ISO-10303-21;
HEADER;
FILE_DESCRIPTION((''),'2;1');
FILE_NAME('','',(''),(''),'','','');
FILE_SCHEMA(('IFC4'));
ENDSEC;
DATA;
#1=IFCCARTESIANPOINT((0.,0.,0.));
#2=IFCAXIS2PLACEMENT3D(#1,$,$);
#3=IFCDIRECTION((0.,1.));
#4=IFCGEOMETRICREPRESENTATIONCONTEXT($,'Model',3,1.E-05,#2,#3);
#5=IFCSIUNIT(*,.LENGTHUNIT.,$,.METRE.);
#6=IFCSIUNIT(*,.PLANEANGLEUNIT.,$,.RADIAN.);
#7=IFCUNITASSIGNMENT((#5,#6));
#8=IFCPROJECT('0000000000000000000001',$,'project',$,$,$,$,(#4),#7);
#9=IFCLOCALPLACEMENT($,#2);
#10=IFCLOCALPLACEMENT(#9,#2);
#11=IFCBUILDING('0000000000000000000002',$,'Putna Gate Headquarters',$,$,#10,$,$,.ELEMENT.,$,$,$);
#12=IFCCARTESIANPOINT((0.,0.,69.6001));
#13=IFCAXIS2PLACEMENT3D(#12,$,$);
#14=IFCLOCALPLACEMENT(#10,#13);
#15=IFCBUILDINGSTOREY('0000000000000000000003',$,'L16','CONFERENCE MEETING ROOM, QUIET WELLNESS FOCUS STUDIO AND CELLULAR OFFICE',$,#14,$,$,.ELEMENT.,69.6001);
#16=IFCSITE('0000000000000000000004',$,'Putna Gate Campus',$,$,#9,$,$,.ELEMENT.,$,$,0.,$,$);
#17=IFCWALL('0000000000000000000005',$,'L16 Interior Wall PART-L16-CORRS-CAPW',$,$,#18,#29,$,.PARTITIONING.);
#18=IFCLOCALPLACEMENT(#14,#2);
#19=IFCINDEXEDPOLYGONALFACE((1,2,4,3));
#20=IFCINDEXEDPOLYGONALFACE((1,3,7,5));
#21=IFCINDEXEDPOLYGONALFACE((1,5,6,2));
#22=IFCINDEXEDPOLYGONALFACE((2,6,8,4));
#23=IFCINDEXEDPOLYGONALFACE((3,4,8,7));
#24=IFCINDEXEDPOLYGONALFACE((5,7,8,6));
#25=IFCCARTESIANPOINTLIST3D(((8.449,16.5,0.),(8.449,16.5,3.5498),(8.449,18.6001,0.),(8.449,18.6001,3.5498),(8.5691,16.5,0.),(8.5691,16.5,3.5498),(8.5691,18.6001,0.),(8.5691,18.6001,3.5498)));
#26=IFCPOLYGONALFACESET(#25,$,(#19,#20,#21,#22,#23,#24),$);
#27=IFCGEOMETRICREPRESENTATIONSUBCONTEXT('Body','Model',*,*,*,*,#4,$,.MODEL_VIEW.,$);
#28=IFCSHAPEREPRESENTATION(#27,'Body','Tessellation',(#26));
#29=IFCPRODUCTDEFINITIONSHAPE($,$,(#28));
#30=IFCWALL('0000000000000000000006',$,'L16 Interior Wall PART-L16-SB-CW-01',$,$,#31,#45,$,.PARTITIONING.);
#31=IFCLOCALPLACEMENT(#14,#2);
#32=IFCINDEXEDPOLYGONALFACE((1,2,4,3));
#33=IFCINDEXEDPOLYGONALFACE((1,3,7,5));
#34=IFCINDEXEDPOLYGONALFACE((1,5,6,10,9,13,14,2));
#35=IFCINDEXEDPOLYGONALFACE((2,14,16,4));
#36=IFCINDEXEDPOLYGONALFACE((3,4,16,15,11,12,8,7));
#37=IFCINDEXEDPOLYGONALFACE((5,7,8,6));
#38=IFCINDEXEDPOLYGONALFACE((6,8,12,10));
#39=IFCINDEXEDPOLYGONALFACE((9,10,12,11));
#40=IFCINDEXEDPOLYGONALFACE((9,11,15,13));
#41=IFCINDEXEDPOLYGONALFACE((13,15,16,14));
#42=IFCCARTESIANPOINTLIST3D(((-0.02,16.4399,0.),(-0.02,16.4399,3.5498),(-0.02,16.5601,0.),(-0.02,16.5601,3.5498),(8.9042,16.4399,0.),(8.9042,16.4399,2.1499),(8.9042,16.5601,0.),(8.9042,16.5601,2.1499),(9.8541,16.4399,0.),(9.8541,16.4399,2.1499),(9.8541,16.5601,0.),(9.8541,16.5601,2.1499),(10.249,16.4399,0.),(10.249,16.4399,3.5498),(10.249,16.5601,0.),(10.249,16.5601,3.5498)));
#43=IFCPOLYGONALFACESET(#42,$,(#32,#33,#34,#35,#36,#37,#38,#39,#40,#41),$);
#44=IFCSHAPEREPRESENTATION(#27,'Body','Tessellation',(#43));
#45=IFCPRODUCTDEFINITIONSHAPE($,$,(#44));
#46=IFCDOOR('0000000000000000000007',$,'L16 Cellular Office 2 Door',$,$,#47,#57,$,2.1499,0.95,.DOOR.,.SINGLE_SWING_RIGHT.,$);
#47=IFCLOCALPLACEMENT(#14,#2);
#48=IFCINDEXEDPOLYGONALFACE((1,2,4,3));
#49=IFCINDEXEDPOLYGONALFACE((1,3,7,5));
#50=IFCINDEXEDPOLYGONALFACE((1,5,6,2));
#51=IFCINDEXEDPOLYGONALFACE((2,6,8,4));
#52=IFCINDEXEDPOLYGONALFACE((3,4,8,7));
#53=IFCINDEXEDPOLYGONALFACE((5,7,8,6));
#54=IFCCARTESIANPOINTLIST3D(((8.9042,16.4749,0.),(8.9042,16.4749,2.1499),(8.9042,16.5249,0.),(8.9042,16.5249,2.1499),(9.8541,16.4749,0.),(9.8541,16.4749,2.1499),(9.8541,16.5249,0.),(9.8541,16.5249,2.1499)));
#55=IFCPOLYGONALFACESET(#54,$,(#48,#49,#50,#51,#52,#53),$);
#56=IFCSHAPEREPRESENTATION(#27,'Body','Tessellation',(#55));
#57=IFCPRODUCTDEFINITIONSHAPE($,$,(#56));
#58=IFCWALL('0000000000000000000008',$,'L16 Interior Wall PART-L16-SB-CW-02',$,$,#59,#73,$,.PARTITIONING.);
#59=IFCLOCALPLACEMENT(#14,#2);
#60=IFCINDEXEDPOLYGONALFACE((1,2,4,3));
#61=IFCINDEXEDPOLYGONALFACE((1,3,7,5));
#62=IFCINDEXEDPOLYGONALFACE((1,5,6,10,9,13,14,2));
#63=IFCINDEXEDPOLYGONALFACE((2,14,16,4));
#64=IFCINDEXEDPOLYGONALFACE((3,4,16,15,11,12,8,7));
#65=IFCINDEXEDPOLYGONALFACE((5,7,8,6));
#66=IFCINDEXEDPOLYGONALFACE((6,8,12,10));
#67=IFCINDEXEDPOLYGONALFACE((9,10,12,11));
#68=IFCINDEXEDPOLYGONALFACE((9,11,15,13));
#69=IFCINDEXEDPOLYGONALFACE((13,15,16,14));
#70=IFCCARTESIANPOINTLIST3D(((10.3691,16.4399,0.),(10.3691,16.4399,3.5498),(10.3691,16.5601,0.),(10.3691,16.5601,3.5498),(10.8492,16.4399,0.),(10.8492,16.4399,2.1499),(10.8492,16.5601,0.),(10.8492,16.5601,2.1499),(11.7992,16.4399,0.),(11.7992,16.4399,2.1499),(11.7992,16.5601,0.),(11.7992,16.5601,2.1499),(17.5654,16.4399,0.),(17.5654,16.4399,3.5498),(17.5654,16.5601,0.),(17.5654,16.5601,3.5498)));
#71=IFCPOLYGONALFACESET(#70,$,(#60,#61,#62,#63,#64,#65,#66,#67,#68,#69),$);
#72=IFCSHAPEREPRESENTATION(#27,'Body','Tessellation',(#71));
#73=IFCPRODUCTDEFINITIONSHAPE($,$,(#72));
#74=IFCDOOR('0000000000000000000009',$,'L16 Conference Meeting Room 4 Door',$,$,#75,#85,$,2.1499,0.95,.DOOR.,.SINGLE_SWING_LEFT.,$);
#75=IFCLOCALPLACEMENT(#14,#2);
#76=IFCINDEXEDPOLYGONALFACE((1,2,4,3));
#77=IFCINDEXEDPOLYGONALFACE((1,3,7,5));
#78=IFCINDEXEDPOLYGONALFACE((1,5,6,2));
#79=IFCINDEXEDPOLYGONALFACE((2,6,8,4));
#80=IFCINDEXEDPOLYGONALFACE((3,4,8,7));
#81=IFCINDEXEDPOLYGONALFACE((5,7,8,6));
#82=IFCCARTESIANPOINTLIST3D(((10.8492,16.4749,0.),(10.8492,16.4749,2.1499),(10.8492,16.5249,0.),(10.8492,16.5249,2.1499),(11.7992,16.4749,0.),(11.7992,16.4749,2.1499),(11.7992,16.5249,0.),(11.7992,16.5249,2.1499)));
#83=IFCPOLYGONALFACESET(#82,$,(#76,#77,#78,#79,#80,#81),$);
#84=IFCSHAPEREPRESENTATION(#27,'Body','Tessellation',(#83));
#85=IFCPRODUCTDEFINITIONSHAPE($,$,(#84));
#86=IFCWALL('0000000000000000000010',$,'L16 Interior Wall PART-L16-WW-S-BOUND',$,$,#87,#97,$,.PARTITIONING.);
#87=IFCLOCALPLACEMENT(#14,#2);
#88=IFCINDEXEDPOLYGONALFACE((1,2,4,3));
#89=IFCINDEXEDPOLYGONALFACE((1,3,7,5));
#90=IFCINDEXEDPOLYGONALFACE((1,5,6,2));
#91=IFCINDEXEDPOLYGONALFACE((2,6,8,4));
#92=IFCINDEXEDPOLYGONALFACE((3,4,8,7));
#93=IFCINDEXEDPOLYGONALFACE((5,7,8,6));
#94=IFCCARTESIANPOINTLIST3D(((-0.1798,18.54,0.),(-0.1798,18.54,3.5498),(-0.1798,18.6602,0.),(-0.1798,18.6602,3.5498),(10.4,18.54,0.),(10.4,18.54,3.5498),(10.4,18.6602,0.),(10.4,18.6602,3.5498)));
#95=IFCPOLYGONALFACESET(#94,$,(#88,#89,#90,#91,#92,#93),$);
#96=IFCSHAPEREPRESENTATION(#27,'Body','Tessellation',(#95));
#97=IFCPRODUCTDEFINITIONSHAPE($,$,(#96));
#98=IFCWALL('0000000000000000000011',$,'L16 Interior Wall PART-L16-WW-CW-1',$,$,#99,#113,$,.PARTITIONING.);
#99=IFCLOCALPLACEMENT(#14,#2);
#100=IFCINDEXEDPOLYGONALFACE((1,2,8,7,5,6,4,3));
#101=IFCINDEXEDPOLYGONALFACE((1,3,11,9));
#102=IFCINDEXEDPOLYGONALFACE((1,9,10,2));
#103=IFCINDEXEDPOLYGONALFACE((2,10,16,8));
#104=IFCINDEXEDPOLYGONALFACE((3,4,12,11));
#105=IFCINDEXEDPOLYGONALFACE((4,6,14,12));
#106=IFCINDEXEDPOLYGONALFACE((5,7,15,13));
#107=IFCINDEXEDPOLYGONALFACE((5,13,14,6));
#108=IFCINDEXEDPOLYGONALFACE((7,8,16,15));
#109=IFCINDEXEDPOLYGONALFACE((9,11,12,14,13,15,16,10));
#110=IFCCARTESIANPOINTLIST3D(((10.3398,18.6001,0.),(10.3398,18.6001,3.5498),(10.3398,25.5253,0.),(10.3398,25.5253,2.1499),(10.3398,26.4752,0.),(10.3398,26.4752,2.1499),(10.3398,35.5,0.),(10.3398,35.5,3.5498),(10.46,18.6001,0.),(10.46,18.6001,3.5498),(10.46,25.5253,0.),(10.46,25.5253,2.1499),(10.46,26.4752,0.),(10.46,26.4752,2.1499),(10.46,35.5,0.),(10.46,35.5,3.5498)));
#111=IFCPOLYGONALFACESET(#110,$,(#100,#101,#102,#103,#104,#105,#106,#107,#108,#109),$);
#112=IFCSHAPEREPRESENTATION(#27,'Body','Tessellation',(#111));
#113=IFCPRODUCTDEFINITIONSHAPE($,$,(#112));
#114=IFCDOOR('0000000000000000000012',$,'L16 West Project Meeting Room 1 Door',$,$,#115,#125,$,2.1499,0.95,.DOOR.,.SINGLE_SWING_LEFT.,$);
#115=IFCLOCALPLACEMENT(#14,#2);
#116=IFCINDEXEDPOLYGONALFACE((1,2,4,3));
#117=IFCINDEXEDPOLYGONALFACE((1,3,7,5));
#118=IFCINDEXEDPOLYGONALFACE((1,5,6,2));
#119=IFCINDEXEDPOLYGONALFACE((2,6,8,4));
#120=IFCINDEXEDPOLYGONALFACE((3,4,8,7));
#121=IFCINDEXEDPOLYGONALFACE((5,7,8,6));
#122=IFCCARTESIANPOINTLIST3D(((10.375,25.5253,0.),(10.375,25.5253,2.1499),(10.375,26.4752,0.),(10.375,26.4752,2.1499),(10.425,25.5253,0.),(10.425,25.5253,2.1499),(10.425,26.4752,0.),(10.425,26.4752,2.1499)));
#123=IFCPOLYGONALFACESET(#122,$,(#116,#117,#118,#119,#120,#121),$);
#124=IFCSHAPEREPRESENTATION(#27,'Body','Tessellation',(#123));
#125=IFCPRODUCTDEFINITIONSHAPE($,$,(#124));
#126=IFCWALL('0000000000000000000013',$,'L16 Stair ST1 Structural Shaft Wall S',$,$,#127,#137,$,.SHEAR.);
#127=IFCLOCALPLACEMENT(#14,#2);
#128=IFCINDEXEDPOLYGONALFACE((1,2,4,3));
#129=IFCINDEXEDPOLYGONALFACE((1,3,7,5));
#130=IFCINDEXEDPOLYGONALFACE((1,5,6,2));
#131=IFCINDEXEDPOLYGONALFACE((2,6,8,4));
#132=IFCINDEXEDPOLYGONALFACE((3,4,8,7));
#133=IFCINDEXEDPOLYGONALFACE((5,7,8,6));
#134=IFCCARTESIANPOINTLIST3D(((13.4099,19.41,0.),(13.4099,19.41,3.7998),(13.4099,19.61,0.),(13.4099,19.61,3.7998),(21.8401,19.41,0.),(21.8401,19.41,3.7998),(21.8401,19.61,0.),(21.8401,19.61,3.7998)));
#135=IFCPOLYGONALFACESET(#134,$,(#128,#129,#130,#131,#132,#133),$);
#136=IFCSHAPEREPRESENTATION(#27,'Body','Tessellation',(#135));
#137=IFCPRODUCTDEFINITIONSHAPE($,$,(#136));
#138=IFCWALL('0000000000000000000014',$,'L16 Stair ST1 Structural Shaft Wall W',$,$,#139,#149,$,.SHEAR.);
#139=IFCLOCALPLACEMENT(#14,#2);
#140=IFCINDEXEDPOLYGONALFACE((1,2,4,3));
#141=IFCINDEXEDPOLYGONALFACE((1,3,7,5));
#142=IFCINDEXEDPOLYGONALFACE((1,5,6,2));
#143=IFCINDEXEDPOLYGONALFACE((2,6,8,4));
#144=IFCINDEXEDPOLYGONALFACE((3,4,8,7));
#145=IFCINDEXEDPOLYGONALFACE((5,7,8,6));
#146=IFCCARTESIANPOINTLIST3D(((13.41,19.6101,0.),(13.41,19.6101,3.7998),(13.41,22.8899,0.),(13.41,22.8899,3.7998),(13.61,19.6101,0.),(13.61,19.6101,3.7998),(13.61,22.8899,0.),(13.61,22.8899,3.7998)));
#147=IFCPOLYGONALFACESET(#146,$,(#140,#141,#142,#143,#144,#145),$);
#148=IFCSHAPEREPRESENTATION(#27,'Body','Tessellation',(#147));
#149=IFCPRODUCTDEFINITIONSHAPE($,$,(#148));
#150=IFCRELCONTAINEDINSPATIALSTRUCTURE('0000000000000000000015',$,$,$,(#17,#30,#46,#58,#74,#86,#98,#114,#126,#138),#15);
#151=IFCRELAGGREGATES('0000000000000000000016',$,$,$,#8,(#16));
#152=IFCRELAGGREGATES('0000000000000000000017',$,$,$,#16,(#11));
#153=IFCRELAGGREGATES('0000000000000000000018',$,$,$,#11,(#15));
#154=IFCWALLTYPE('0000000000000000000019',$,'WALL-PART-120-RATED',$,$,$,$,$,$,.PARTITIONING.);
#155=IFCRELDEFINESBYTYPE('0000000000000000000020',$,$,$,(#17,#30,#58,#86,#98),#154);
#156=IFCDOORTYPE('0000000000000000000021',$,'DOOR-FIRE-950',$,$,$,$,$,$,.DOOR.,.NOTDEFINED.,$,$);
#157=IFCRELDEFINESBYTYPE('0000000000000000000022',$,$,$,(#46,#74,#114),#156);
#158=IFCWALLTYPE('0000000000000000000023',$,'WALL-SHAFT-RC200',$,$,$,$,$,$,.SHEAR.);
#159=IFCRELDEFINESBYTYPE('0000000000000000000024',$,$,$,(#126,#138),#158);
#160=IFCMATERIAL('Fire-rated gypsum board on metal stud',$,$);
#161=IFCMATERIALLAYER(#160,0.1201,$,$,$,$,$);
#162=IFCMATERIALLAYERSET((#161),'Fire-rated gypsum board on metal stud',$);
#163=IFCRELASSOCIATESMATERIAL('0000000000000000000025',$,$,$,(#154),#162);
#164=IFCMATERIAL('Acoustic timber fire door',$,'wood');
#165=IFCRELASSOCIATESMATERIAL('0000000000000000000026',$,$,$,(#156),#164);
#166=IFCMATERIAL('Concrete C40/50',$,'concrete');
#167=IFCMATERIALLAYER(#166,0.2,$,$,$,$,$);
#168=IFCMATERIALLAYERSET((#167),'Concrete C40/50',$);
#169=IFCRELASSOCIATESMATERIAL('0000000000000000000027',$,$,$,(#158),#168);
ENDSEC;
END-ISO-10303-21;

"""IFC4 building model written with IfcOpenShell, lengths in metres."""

from ifc_helpers import new_model, si_unit, direction, frame, frame_2d, origin, place, context, subcontext, project, spatial, rectangle, extrude, material, layer, layer_set, type_object, element, fill, save


model = new_model("IFC4")

# Units and contexts
model_context = context("Model", 3, precision=1e-05, world=origin(), true_north=direction((0.0, 1.0)))
body_context = subcontext(model_context, "Body", "Model", "MODEL_VIEW")
ifc_project = project(units=[si_unit("LENGTHUNIT", "METRE"), si_unit("PLANEANGLEUNIT", "RADIAN")], contexts=[model_context])

# Site, building, storey
site_placement = place(None, origin())
site = spatial("IfcSite", under=ifc_project, at=site_placement, Name="Putna Gate Campus", CompositionType="ELEMENT", RefElevation=0.0)
building_placement = place(site_placement, origin())
building = spatial("IfcBuilding", under=site, at=building_placement, Name="Putna Gate Headquarters", CompositionType="ELEMENT")
storey_placement = place(building_placement, frame((0.0, 0.0, 69.6001)))
storey = spatial("IfcBuildingStorey", under=building, at=storey_placement, Name="L16", Description="CONFERENCE MEETING ROOM, QUIET WELLNESS FOCUS STUDIO AND CELLULAR OFFICE", CompositionType="ELEMENT", Elevation=69.6001)

# Wall
ifc_material_1 = material(Name="Fire-rated gypsum board on metal stud")
ifc_layer_1 = layer(ifc_material_1, 0.1201)
ifc_layer_set_1 = layer_set([ifc_layer_1], Name="Fire-rated gypsum board on metal stud")
wall_type_1 = type_object("IfcWallType", Name="WALL-PART-120-RATED", PredefinedType="PARTITIONING", material=ifc_layer_set_1)
wall_1_placement = place(storey_placement, frame((8.509, 16.5, 0.0), z_axis=(0.0, 0.0, 1.0), x_axis=(0.0, 1.0, 0.0)))
element("IfcWall", 1, at=wall_1_placement, inside=storey, type_object=wall_type_1, Name="L16 Interior Wall PART-L16-CORRS-CAPW", PredefinedType="PARTITIONING", context=body_context, shape_type="SweptSolid", body=[
    extrude(rectangle(XDim=2.1001, YDim=0.1201, at=frame_2d((1.05, 0.0))), origin(), (0.0, 0.0, 1.0), 3.5498),
])

# Walls, openings, doors
wall_2_placement = place(storey_placement, frame((-0.02, 16.5, 0.0), z_axis=(0.0, 0.0, 1.0), x_axis=(1.0, 0.0, 0.0)))
wall_2 = element("IfcWall", 2, at=wall_2_placement, inside=storey, type_object=wall_type_1, Name="L16 Interior Wall PART-L16-SB-CW-01", PredefinedType="PARTITIONING", context=body_context, shape_type="SweptSolid", body=[
    extrude(rectangle(XDim=10.269, YDim=0.1201, at=frame_2d((5.1345, 0.0))), origin(), (0.0, 0.0, 1.0), 3.5498),
])
opening_1_placement = place(wall_2_placement, frame((8.9241, 0.0, 0.0)))
opening_1 = element("IfcOpeningElement", 3, at=opening_1_placement, cuts=wall_2, PredefinedType="OPENING", context=body_context, shape_type="SweptSolid", body=[
    extrude(rectangle(XDim=0.95, YDim=2.1499, at=frame_2d((0.4751, 1.075))), frame((0.0, 0.0701, 0.0), z_axis=(0.0, -1.0, 0.0), x_axis=(1.0, 0.0, 0.0)), (0.0, 0.0, 1.0), 0.1401),
])
ifc_material_2 = material(Name="Acoustic timber fire door", Category="wood")
door_type_1 = type_object("IfcDoorType", Name="DOOR-FIRE-950", OperationType="NOTDEFINED", PredefinedType="DOOR", material=ifc_material_2)
door_1_placement = place(opening_1_placement, origin())
door_1 = element("IfcDoor", 4, at=door_1_placement, inside=storey, type_object=door_type_1, Name="L16 Cellular Office 2 Door", OperationType="SINGLE_SWING_RIGHT", OverallHeight=2.1499, OverallWidth=0.95, PredefinedType="DOOR", context=body_context, shape_type="SweptSolid", body=[
    extrude(rectangle(XDim=0.95, YDim=2.1499, at=frame_2d((0.4751, 1.075))), frame((0.0, 0.0249, 0.0), z_axis=(0.0, -1.0, 0.0), x_axis=(1.0, 0.0, 0.0)), (0.0, 0.0, 1.0), 0.05),
])
fill(opening_1, door_1)
wall_3_placement = place(storey_placement, frame((10.3691, 16.5, 0.0), z_axis=(0.0, 0.0, 1.0), x_axis=(1.0, 0.0, 0.0)))
wall_3 = element("IfcWall", 5, at=wall_3_placement, inside=storey, type_object=wall_type_1, Name="L16 Interior Wall PART-L16-SB-CW-02", PredefinedType="PARTITIONING", context=body_context, shape_type="SweptSolid", body=[
    extrude(rectangle(XDim=7.1963, YDim=0.1201, at=frame_2d((3.5981, 0.0))), origin(), (0.0, 0.0, 1.0), 3.5498),
])
opening_2_placement = place(wall_3_placement, frame((0.48, 0.0, 0.0)))
opening_2 = element("IfcOpeningElement", 6, at=opening_2_placement, cuts=wall_3, PredefinedType="OPENING", context=body_context, shape_type="SweptSolid", body=[
    extrude(rectangle(XDim=0.95, YDim=2.1499, at=frame_2d((0.4751, 1.075))), frame((0.0, 0.0701, 0.0), z_axis=(0.0, -1.0, 0.0), x_axis=(1.0, 0.0, 0.0)), (0.0, 0.0, 1.0), 0.1401),
])
door_2_placement = place(opening_2_placement, origin())
door_2 = element("IfcDoor", 7, at=door_2_placement, inside=storey, type_object=door_type_1, Name="L16 Conference Meeting Room 4 Door", OperationType="SINGLE_SWING_LEFT", OverallHeight=2.1499, OverallWidth=0.95, PredefinedType="DOOR", context=body_context, shape_type="SweptSolid", body=[
    extrude(rectangle(XDim=0.95, YDim=2.1499, at=frame_2d((0.4751, 1.075))), frame((0.0, 0.0249, 0.0), z_axis=(0.0, -1.0, 0.0), x_axis=(1.0, 0.0, 0.0)), (0.0, 0.0, 1.0), 0.05),
])
fill(opening_2, door_2)

# Wall
wall_4_placement = place(storey_placement, frame((-0.1799, 18.6001, 0.0), z_axis=(0.0, 0.0, 1.0), x_axis=(1.0, 0.0, 0.0)))
element("IfcWall", 8, at=wall_4_placement, inside=storey, type_object=wall_type_1, Name="L16 Interior Wall PART-L16-WW-S-BOUND", PredefinedType="PARTITIONING", context=body_context, shape_type="SweptSolid", body=[
    extrude(rectangle(XDim=10.5798, YDim=0.1201, at=frame_2d((5.29, 0.0))), origin(), (0.0, 0.0, 1.0), 3.5498),
])

# Wall, opening, door
wall_5_placement = place(storey_placement, frame((10.3999, 18.6001, 0.0), z_axis=(0.0, 0.0, 1.0), x_axis=(0.0, 1.0, 0.0)))
wall_5 = element("IfcWall", 9, at=wall_5_placement, inside=storey, type_object=wall_type_1, Name="L16 Interior Wall PART-L16-WW-CW-1", PredefinedType="PARTITIONING", context=body_context, shape_type="SweptSolid", body=[
    extrude(rectangle(XDim=16.8999, YDim=0.1201, at=frame_2d((8.45, 0.0))), origin(), (0.0, 0.0, 1.0), 3.5498),
])
opening_3_placement = place(wall_5_placement, frame((6.925, 0.0, 0.0)))
opening_3 = element("IfcOpeningElement", 10, at=opening_3_placement, cuts=wall_5, PredefinedType="OPENING", context=body_context, shape_type="SweptSolid", body=[
    extrude(rectangle(XDim=0.95, YDim=2.1499, at=frame_2d((0.4751, 1.075))), frame((0.0, 0.0701, 0.0), z_axis=(0.0, -1.0, 0.0), x_axis=(1.0, 0.0, 0.0)), (0.0, 0.0, 1.0), 0.1401),
])
door_3_placement = place(opening_3_placement, origin())
door_3 = element("IfcDoor", 11, at=door_3_placement, inside=storey, type_object=door_type_1, Name="L16 West Project Meeting Room 1 Door", OperationType="SINGLE_SWING_LEFT", OverallHeight=2.1499, OverallWidth=0.95, PredefinedType="DOOR", context=body_context, shape_type="SweptSolid", body=[
    extrude(rectangle(XDim=0.95, YDim=2.1499, at=frame_2d((0.4751, 1.075))), frame((0.0, 0.0249, 0.0), z_axis=(0.0, -1.0, 0.0), x_axis=(1.0, 0.0, 0.0)), (0.0, 0.0, 1.0), 0.05),
])
fill(opening_3, door_3)

# Walls
ifc_material_3 = material(Name="Concrete C40/50", Category="concrete")
ifc_layer_2 = layer(ifc_material_3, 0.2)
ifc_layer_set_2 = layer_set([ifc_layer_2], Name="Concrete C40/50")
wall_type_2 = type_object("IfcWallType", Name="WALL-SHAFT-RC200", PredefinedType="SHEAR", material=ifc_layer_set_2)
wall_6_placement = place(storey_placement, frame((13.4099, 19.51, 0.0), z_axis=(0.0, 0.0, 1.0), x_axis=(1.0, 0.0, 0.0)))
element("IfcWall", 12, at=wall_6_placement, inside=storey, type_object=wall_type_2, Name="L16 Stair ST1 Structural Shaft Wall S", PredefinedType="SHEAR", context=body_context, shape_type="SweptSolid", body=[
    extrude(rectangle(XDim=8.4302, YDim=0.2, at=frame_2d((4.2151, 0.0))), origin(), (0.0, 0.0, 1.0), 3.7998),
])
wall_7_placement = place(storey_placement, frame((13.51, 19.6101, 0.0), z_axis=(0.0, 0.0, 1.0), x_axis=(0.0, 1.0, 0.0)))
element("IfcWall", 13, at=wall_7_placement, inside=storey, type_object=wall_type_2, Name="L16 Stair ST1 Structural Shaft Wall W", PredefinedType="SHEAR", context=body_context, shape_type="SweptSolid", body=[
    extrude(rectangle(XDim=3.2798, YDim=0.2, at=frame_2d((1.6399, 0.0))), origin(), (0.0, 0.0, 1.0), 3.7998),
])

save(model, "model.ifc")
